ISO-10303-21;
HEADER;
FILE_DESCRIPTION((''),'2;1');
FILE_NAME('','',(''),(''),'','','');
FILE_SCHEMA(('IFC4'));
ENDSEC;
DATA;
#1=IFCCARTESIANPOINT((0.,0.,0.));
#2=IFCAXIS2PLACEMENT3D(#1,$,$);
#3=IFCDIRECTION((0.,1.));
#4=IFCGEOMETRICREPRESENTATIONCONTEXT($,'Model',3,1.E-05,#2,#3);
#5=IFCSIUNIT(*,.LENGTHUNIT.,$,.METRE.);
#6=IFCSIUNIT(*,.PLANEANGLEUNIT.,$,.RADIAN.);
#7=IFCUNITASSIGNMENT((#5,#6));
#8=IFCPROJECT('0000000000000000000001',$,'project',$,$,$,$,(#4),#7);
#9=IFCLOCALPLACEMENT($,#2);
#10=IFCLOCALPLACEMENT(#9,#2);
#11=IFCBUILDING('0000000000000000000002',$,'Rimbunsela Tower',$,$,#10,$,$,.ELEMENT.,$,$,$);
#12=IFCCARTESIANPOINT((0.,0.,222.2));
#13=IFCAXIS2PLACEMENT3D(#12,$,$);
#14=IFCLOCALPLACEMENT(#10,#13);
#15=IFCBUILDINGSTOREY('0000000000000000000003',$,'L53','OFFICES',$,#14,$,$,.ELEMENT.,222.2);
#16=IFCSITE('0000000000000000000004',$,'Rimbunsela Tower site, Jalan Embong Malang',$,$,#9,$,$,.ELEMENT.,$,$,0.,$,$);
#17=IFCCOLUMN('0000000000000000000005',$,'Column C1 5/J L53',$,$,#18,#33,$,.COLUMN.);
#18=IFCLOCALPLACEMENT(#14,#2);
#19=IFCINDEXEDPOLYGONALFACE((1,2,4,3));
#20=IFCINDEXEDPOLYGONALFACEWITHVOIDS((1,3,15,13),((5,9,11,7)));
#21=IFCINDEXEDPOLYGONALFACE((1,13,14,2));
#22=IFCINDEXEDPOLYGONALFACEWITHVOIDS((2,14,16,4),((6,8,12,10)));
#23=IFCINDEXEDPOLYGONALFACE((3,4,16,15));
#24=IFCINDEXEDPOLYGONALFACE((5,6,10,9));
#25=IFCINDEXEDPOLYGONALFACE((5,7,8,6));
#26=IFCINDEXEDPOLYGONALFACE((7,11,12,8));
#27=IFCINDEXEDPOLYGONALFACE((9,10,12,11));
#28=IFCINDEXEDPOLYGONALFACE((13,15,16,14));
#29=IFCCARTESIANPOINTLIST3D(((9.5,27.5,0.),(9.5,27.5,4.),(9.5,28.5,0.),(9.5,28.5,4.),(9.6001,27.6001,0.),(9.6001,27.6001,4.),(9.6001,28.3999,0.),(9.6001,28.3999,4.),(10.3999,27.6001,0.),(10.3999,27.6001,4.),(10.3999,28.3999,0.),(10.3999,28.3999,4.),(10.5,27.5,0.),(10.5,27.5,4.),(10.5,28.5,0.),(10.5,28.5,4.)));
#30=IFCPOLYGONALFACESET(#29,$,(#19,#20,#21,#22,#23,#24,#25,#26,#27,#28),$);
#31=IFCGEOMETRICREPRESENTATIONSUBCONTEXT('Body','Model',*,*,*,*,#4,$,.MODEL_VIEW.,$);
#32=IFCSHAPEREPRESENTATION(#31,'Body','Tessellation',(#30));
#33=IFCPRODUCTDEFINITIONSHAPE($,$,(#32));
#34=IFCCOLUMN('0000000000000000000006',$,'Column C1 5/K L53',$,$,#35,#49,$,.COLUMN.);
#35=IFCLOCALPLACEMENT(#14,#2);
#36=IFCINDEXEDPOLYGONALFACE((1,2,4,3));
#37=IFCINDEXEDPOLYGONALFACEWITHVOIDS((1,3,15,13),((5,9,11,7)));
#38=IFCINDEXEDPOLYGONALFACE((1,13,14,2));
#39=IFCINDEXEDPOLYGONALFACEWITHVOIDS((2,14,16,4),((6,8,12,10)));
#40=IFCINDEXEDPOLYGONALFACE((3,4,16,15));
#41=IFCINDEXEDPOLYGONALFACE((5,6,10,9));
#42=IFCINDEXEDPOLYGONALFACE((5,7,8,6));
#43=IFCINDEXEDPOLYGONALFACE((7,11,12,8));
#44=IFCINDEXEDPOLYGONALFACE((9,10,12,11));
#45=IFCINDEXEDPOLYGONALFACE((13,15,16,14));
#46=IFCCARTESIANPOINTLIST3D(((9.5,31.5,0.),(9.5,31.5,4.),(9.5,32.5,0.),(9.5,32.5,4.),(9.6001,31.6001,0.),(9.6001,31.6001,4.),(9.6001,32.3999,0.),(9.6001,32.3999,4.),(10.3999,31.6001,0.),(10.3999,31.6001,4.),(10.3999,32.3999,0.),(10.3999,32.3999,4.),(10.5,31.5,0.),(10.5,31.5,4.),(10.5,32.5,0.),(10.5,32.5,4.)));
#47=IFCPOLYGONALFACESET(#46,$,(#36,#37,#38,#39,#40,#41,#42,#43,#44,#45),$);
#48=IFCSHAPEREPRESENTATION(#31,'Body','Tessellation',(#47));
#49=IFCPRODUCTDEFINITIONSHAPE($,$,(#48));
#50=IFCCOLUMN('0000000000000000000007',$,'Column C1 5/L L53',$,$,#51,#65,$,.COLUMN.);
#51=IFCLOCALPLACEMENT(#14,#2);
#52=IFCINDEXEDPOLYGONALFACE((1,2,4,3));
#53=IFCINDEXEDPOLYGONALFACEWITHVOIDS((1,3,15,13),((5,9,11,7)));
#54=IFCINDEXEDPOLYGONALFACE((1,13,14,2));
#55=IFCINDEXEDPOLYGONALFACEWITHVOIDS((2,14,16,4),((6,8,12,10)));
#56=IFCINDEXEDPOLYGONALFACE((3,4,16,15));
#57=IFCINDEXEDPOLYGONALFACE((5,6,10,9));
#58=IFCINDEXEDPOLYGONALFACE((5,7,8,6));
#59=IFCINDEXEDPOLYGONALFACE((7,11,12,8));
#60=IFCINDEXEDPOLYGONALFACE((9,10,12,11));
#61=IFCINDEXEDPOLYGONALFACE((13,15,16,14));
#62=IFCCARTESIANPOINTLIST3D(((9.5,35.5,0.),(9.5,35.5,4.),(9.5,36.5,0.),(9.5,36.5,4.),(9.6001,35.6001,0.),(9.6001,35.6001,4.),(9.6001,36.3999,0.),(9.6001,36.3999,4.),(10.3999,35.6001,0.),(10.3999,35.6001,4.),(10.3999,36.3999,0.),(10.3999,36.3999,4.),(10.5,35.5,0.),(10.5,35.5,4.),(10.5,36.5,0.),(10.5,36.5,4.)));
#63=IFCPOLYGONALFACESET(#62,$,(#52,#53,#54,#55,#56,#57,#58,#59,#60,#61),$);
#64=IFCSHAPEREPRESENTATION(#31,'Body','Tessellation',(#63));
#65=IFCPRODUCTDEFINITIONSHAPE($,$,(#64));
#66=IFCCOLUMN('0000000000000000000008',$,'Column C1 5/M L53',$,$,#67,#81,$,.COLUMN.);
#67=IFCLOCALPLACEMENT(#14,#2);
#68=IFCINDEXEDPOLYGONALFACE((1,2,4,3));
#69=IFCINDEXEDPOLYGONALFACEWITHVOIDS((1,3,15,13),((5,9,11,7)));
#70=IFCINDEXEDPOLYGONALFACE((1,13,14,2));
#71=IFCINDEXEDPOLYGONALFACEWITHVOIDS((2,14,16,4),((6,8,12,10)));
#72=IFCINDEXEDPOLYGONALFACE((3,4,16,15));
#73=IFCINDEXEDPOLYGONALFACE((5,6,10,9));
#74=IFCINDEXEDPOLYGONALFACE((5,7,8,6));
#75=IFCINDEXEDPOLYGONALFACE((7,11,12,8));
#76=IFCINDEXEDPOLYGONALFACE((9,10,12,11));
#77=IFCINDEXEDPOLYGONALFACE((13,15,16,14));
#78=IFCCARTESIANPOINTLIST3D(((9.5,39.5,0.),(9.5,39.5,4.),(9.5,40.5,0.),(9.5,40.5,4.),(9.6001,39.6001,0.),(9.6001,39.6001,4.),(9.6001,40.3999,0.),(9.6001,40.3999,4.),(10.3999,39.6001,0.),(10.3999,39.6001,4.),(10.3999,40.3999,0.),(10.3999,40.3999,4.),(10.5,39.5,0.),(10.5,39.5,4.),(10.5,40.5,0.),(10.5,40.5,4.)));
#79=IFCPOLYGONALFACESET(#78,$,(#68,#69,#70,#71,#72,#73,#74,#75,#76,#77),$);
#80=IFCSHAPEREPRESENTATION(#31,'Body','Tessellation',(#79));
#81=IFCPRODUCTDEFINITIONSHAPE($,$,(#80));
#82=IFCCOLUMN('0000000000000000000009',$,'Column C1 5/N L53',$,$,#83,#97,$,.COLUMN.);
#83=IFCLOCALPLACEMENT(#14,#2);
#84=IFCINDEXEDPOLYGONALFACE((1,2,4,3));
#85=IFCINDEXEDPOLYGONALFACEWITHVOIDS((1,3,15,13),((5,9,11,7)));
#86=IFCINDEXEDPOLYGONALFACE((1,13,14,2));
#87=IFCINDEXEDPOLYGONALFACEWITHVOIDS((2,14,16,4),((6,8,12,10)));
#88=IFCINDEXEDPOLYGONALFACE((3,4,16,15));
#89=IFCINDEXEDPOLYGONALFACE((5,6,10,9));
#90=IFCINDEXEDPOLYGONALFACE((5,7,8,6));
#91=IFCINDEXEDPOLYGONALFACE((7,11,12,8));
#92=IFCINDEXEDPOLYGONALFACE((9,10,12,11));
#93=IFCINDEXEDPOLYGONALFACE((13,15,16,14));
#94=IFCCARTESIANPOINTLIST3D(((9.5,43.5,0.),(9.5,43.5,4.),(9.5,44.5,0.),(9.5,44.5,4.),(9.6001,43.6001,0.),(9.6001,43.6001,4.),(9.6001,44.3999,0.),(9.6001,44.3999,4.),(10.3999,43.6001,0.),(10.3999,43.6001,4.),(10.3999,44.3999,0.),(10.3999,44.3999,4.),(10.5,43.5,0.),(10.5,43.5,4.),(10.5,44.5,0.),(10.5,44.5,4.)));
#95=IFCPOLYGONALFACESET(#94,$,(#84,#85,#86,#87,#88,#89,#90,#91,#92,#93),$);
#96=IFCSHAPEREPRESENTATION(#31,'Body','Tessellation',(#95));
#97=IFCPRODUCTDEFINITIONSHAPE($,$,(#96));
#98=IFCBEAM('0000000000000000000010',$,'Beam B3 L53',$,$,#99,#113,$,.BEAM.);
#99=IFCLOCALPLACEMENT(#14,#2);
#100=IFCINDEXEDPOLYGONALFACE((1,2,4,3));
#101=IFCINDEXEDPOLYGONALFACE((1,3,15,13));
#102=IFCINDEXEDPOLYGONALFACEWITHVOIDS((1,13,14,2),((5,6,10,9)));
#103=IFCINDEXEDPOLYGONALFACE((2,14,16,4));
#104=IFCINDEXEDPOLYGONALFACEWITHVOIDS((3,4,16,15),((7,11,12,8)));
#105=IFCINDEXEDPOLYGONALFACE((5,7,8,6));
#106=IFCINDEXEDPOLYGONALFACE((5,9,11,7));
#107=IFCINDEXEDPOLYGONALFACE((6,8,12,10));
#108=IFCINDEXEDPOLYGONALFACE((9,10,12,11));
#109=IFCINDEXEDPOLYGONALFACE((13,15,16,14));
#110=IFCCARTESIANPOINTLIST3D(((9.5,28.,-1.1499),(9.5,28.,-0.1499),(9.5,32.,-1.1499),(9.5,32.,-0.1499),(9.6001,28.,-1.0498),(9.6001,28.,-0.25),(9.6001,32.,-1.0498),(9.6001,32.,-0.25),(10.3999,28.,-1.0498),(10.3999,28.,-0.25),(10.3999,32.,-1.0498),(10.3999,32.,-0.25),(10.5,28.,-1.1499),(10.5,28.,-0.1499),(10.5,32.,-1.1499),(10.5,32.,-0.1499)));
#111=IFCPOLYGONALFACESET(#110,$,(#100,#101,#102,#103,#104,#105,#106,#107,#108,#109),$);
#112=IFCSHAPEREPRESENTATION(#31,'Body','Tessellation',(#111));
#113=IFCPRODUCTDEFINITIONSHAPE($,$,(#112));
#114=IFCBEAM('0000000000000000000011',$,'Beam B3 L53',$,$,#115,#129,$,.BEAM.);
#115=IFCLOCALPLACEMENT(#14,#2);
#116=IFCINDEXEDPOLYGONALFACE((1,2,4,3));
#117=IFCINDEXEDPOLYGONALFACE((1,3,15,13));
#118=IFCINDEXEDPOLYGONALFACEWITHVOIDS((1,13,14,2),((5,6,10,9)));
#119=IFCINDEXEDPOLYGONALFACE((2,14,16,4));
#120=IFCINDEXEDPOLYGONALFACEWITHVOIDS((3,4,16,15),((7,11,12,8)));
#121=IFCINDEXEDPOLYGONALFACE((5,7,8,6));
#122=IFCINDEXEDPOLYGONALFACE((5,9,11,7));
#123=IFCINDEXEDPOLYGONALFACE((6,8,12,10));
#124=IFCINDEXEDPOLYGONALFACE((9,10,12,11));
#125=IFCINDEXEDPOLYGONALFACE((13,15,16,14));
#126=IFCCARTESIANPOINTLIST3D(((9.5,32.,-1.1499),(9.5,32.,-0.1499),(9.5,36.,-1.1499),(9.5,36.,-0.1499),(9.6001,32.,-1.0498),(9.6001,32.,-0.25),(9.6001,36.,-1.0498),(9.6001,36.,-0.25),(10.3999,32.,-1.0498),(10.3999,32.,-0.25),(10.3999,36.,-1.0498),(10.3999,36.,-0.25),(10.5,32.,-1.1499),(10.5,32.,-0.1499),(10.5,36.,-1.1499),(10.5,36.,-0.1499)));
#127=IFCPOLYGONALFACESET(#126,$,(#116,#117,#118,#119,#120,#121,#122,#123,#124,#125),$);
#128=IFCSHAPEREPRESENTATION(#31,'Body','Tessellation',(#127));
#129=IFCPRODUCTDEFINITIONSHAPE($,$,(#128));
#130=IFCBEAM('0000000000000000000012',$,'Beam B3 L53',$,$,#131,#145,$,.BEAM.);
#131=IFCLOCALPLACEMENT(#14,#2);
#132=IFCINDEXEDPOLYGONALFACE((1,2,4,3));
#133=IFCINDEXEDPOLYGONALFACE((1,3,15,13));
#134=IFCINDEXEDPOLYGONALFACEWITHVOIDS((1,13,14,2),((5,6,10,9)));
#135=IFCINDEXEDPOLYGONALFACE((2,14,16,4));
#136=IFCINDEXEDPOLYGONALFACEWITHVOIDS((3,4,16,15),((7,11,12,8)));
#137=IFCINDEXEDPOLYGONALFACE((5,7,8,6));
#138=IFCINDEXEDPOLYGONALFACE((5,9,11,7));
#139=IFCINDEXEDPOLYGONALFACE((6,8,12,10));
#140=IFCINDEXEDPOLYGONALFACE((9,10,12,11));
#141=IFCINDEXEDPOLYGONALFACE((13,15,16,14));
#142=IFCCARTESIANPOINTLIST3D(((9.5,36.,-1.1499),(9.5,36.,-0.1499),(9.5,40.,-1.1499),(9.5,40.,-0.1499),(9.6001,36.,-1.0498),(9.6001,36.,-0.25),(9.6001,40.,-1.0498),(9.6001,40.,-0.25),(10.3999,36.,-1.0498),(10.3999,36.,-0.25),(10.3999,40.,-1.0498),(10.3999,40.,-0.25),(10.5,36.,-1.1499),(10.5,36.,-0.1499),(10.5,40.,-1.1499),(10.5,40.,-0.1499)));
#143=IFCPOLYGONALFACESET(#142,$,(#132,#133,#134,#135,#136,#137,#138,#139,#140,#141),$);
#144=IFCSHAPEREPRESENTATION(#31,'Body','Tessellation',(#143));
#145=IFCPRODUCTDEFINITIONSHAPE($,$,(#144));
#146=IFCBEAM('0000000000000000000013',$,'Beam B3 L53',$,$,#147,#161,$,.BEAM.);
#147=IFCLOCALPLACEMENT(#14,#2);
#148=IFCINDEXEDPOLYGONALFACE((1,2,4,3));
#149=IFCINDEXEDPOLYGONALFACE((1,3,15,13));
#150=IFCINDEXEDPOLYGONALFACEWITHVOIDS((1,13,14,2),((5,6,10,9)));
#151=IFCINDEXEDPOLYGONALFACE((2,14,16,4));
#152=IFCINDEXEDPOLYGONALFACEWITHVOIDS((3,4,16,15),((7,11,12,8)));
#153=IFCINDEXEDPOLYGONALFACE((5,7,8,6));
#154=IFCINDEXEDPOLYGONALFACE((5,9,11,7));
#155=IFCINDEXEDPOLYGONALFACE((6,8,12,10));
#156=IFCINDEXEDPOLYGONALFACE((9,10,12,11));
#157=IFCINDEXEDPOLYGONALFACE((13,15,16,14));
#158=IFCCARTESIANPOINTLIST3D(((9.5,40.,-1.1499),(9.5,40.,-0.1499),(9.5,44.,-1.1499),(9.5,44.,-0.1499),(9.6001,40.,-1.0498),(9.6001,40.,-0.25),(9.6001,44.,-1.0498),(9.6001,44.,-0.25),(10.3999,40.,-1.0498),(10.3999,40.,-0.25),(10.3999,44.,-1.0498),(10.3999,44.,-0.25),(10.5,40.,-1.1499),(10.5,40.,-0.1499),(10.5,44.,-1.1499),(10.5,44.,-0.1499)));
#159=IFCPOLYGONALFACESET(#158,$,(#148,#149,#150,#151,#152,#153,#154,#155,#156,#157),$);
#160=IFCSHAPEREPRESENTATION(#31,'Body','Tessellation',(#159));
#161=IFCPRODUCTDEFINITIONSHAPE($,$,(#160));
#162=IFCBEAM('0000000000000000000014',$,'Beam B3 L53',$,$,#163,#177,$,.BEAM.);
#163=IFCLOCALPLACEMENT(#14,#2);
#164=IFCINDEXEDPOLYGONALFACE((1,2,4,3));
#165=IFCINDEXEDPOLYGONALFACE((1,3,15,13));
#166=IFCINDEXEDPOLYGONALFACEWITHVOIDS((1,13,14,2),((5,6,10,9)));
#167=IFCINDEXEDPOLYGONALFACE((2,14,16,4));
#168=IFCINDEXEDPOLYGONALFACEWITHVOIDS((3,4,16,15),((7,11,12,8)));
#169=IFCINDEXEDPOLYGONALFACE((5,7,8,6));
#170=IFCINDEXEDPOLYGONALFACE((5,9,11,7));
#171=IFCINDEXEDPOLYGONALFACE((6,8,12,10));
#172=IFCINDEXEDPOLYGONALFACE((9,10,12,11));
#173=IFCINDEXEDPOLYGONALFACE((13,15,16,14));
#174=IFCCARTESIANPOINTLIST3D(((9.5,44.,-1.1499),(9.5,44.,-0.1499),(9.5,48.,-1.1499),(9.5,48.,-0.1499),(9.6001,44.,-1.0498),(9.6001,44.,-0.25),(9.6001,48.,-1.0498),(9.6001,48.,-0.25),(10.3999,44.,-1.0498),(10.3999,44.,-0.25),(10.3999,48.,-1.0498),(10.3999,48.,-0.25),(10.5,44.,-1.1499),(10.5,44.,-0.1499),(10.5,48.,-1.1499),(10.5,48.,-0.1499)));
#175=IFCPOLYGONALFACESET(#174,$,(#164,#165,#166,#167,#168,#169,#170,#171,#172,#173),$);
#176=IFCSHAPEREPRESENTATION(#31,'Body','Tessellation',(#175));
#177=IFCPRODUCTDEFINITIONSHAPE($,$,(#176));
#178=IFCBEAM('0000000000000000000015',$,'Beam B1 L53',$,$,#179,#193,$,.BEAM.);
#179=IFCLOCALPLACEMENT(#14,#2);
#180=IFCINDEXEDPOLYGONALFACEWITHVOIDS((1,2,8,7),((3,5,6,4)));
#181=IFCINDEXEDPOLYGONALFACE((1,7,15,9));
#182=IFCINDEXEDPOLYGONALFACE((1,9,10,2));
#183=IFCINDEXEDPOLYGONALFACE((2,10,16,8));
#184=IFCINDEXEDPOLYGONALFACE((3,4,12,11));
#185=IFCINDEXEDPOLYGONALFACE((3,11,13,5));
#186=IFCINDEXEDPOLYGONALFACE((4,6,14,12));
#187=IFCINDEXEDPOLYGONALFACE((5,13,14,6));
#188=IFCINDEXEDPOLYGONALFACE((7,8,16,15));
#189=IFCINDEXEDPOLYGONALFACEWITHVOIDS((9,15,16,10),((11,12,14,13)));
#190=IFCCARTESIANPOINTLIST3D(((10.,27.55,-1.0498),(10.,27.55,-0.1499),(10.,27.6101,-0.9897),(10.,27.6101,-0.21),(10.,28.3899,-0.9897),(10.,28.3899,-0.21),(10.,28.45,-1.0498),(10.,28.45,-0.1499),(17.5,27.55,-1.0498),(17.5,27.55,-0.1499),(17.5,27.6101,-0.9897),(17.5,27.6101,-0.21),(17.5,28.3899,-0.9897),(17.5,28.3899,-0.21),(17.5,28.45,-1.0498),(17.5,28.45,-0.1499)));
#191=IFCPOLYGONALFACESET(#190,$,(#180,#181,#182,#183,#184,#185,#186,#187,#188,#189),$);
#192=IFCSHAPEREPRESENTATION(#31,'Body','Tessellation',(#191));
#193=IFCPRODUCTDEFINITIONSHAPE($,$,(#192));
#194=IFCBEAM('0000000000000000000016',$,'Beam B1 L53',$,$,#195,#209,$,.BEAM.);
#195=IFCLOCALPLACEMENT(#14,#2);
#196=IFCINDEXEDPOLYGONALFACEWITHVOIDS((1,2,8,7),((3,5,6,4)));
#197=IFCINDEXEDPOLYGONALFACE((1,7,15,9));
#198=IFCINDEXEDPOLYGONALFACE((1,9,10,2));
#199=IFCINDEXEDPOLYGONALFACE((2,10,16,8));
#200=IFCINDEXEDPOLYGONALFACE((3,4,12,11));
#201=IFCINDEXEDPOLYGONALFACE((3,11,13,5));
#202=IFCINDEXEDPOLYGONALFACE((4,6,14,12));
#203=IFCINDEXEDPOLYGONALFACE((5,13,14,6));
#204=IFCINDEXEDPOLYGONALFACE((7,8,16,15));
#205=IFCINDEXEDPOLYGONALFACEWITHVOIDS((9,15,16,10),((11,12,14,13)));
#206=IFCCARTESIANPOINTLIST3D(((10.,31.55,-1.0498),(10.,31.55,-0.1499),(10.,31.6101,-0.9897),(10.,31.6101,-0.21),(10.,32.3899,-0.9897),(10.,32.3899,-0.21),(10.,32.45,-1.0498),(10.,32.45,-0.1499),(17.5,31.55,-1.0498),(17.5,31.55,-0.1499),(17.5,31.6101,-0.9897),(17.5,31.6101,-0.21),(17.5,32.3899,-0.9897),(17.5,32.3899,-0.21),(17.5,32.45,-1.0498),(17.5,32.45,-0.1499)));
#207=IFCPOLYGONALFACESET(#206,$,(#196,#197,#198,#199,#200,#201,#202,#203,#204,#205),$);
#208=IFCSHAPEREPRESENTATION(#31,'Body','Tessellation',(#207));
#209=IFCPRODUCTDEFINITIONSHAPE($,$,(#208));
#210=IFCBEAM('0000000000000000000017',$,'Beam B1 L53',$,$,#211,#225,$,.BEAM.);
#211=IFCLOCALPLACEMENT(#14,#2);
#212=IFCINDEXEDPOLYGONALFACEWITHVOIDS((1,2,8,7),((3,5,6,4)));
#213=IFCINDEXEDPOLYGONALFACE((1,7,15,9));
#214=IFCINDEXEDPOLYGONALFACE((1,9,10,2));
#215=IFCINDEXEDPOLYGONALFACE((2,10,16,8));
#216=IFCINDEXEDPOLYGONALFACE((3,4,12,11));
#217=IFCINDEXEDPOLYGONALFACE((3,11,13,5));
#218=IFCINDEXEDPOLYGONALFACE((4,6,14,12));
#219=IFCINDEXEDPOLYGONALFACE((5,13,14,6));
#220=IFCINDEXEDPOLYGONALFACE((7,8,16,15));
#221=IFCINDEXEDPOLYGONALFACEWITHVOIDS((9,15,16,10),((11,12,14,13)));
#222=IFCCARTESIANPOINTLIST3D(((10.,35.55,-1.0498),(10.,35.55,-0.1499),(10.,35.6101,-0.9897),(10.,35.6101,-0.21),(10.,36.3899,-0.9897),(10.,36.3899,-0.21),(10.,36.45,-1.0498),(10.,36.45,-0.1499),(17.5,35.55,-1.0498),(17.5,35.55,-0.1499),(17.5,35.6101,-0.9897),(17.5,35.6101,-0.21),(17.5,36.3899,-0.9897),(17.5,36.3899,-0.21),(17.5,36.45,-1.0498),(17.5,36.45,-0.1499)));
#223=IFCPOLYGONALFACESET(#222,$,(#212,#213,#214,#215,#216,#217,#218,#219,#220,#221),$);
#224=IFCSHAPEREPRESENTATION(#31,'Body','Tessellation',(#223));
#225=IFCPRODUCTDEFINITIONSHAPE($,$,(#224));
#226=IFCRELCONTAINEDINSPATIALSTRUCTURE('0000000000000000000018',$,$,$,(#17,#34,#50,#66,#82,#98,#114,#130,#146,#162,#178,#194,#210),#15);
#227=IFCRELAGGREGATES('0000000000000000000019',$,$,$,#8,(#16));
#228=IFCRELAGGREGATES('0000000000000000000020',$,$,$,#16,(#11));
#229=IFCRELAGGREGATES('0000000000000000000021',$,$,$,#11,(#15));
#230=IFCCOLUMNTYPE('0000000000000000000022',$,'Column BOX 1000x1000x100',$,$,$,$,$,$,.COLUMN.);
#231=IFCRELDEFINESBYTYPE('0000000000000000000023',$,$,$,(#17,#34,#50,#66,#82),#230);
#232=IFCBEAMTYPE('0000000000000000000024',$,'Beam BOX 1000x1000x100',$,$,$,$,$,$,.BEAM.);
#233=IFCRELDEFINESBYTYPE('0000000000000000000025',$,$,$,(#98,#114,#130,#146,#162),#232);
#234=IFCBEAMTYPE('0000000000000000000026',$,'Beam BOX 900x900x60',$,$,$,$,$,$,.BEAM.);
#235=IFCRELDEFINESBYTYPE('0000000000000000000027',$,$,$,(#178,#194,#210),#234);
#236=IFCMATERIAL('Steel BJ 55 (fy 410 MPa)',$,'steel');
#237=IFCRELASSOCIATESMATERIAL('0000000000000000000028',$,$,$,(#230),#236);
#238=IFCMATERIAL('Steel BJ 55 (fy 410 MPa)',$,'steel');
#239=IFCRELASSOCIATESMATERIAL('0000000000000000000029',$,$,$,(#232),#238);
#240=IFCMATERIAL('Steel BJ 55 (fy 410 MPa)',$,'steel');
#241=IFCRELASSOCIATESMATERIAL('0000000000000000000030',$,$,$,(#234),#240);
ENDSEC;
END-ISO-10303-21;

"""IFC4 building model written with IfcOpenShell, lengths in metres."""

from ifc_helpers import new_model, si_unit, direction, frame, origin, origin_2d, place, context, subcontext, project, spatial, hollow_rectangle, extrude, material, material_profile, profile_set, type_object, element, save


model = new_model("IFC4")

# Units and contexts
model_context = context("Model", 3, precision=1e-05, world=origin(), true_north=direction((0.0, 1.0)))
body_context = subcontext(model_context, "Body", "Model", "MODEL_VIEW")
ifc_project = project(units=[si_unit("LENGTHUNIT", "METRE"), si_unit("PLANEANGLEUNIT", "RADIAN")], contexts=[model_context])

# Site, building, storey
site_placement = place(None, origin())
site = spatial("IfcSite", under=ifc_project, at=site_placement, Name="Rimbunsela Tower site, Jalan Embong Malang", CompositionType="ELEMENT", RefElevation=0.0)
building_placement = place(site_placement, origin())
building = spatial("IfcBuilding", under=site, at=building_placement, Name="Rimbunsela Tower", CompositionType="ELEMENT")
storey_placement = place(building_placement, frame((0.0, 0.0, 222.2)))
storey = spatial("IfcBuildingStorey", under=building, at=storey_placement, Name="L53", Description="OFFICES", CompositionType="ELEMENT", Elevation=222.2)

# Columns
ifc_material_1 = material(Name="Steel BJ 55 (fy 410 MPa)", Category="steel")
ifc_material_profile_1 = material_profile(ifc_material_1, hollow_rectangle(XDim=1.0, YDim=1.0, WallThickness=0.1001, at=origin_2d()), Name="BOX 1000x1000x100")
ifc_profile_set_1 = profile_set([ifc_material_profile_1], Name="Steel BJ 55 (fy 410 MPa)")
column_type = type_object("IfcColumnType", Name="Column BOX 1000x1000x100", PredefinedType="COLUMN", material=ifc_profile_set_1)
for number, where, z_axis, x_axis, name in (
    (1, (10.0, 28.0, 0.0), (0.0, 0.0, 1.0), (1.0, 0.0, 0.0), "Column C1 5/J L53"),
    (2, (10.0, 32.0, 0.0), (0.0, 0.0, 1.0), (1.0, 0.0, 0.0), "Column C1 5/K L53"),
    (3, (10.0, 36.0, 0.0), (0.0, 0.0, 1.0), (1.0, 0.0, 0.0), "Column C1 5/L L53"),
    (4, (10.0, 40.0, 0.0), (0.0, 0.0, 1.0), (1.0, 0.0, 0.0), "Column C1 5/M L53"),
    (5, (10.0, 44.0, 0.0), (0.0, 0.0, 1.0), (1.0, 0.0, 0.0), "Column C1 5/N L53"),
):
    element("IfcColumn", number, at=place(storey_placement, frame(where, z_axis=z_axis, x_axis=x_axis)), inside=storey, type_object=column_type, Name=name, PredefinedType="COLUMN", context=body_context, shape_type="SweptSolid", body=[
        extrude(hollow_rectangle(XDim=1.0, YDim=1.0, WallThickness=0.1001, at=origin_2d()), origin(), (0.0, 0.0, 1.0), 4.0),
    ])

# Beams
ifc_material_2 = material(Name="Steel BJ 55 (fy 410 MPa)", Category="steel")
ifc_material_profile_2 = material_profile(ifc_material_2, hollow_rectangle(XDim=1.0, YDim=1.0, WallThickness=0.1001, at=origin_2d()), Name="BOX 1000x1000x100")
ifc_profile_set_2 = profile_set([ifc_material_profile_2], Name="Steel BJ 55 (fy 410 MPa)")
beam_type_1 = type_object("IfcBeamType", Name="Beam BOX 1000x1000x100", PredefinedType="BEAM", material=ifc_profile_set_2)
for number, where, z_axis, x_axis, name in (
    (6, (10.0, 28.0, -0.6499), (0.0, 1.0, 0.0), (-1.0, 0.0, 0.0), "Beam B3 L53"),
    (7, (10.0, 32.0, -0.6499), (0.0, 1.0, 0.0), (-1.0, 0.0, 0.0), "Beam B3 L53"),
    (8, (10.0, 36.0, -0.6499), (0.0, 1.0, 0.0), (-1.0, 0.0, 0.0), "Beam B3 L53"),
    (9, (10.0, 40.0, -0.6499), (0.0, 1.0, 0.0), (-1.0, 0.0, 0.0), "Beam B3 L53"),
    (10, (10.0, 44.0, -0.6499), (0.0, 1.0, 0.0), (-1.0, 0.0, 0.0), "Beam B3 L53"),
):
    element("IfcBeam", number, at=place(storey_placement, frame(where, z_axis=z_axis, x_axis=x_axis)), inside=storey, type_object=beam_type_1, Name=name, PredefinedType="BEAM", context=body_context, shape_type="SweptSolid", body=[
        extrude(hollow_rectangle(XDim=1.0, YDim=1.0, WallThickness=0.1001, at=origin_2d()), origin(), (0.0, 0.0, 1.0), 4.0),
    ])
ifc_material_3 = material(Name="Steel BJ 55 (fy 410 MPa)", Category="steel")
ifc_material_profile_3 = material_profile(ifc_material_3, hollow_rectangle(XDim=0.8999, YDim=0.8999, WallThickness=0.0601, at=origin_2d()), Name="BOX 900x900x60")
ifc_profile_set_3 = profile_set([ifc_material_profile_3], Name="Steel BJ 55 (fy 410 MPa)")
beam_type_2 = type_object("IfcBeamType", Name="Beam BOX 900x900x60", PredefinedType="BEAM", material=ifc_profile_set_3)
for number, where, z_axis, x_axis, name in (
    (11, (10.0, 28.0, -0.5999), (1.0, 0.0, 0.0), (0.0, 1.0, 0.0), "Beam B1 L53"),
    (12, (10.0, 32.0, -0.5999), (1.0, 0.0, 0.0), (0.0, 1.0, 0.0), "Beam B1 L53"),
    (13, (10.0, 36.0, -0.5999), (1.0, 0.0, 0.0), (0.0, 1.0, 0.0), "Beam B1 L53"),
):
    element("IfcBeam", number, at=place(storey_placement, frame(where, z_axis=z_axis, x_axis=x_axis)), inside=storey, type_object=beam_type_2, Name=name, PredefinedType="BEAM", context=body_context, shape_type="SweptSolid", body=[
        extrude(hollow_rectangle(XDim=0.8999, YDim=0.8999, WallThickness=0.0601, at=origin_2d()), origin(), (0.0, 0.0, 1.0), 7.5),
    ])

save(model, "model.ifc")
